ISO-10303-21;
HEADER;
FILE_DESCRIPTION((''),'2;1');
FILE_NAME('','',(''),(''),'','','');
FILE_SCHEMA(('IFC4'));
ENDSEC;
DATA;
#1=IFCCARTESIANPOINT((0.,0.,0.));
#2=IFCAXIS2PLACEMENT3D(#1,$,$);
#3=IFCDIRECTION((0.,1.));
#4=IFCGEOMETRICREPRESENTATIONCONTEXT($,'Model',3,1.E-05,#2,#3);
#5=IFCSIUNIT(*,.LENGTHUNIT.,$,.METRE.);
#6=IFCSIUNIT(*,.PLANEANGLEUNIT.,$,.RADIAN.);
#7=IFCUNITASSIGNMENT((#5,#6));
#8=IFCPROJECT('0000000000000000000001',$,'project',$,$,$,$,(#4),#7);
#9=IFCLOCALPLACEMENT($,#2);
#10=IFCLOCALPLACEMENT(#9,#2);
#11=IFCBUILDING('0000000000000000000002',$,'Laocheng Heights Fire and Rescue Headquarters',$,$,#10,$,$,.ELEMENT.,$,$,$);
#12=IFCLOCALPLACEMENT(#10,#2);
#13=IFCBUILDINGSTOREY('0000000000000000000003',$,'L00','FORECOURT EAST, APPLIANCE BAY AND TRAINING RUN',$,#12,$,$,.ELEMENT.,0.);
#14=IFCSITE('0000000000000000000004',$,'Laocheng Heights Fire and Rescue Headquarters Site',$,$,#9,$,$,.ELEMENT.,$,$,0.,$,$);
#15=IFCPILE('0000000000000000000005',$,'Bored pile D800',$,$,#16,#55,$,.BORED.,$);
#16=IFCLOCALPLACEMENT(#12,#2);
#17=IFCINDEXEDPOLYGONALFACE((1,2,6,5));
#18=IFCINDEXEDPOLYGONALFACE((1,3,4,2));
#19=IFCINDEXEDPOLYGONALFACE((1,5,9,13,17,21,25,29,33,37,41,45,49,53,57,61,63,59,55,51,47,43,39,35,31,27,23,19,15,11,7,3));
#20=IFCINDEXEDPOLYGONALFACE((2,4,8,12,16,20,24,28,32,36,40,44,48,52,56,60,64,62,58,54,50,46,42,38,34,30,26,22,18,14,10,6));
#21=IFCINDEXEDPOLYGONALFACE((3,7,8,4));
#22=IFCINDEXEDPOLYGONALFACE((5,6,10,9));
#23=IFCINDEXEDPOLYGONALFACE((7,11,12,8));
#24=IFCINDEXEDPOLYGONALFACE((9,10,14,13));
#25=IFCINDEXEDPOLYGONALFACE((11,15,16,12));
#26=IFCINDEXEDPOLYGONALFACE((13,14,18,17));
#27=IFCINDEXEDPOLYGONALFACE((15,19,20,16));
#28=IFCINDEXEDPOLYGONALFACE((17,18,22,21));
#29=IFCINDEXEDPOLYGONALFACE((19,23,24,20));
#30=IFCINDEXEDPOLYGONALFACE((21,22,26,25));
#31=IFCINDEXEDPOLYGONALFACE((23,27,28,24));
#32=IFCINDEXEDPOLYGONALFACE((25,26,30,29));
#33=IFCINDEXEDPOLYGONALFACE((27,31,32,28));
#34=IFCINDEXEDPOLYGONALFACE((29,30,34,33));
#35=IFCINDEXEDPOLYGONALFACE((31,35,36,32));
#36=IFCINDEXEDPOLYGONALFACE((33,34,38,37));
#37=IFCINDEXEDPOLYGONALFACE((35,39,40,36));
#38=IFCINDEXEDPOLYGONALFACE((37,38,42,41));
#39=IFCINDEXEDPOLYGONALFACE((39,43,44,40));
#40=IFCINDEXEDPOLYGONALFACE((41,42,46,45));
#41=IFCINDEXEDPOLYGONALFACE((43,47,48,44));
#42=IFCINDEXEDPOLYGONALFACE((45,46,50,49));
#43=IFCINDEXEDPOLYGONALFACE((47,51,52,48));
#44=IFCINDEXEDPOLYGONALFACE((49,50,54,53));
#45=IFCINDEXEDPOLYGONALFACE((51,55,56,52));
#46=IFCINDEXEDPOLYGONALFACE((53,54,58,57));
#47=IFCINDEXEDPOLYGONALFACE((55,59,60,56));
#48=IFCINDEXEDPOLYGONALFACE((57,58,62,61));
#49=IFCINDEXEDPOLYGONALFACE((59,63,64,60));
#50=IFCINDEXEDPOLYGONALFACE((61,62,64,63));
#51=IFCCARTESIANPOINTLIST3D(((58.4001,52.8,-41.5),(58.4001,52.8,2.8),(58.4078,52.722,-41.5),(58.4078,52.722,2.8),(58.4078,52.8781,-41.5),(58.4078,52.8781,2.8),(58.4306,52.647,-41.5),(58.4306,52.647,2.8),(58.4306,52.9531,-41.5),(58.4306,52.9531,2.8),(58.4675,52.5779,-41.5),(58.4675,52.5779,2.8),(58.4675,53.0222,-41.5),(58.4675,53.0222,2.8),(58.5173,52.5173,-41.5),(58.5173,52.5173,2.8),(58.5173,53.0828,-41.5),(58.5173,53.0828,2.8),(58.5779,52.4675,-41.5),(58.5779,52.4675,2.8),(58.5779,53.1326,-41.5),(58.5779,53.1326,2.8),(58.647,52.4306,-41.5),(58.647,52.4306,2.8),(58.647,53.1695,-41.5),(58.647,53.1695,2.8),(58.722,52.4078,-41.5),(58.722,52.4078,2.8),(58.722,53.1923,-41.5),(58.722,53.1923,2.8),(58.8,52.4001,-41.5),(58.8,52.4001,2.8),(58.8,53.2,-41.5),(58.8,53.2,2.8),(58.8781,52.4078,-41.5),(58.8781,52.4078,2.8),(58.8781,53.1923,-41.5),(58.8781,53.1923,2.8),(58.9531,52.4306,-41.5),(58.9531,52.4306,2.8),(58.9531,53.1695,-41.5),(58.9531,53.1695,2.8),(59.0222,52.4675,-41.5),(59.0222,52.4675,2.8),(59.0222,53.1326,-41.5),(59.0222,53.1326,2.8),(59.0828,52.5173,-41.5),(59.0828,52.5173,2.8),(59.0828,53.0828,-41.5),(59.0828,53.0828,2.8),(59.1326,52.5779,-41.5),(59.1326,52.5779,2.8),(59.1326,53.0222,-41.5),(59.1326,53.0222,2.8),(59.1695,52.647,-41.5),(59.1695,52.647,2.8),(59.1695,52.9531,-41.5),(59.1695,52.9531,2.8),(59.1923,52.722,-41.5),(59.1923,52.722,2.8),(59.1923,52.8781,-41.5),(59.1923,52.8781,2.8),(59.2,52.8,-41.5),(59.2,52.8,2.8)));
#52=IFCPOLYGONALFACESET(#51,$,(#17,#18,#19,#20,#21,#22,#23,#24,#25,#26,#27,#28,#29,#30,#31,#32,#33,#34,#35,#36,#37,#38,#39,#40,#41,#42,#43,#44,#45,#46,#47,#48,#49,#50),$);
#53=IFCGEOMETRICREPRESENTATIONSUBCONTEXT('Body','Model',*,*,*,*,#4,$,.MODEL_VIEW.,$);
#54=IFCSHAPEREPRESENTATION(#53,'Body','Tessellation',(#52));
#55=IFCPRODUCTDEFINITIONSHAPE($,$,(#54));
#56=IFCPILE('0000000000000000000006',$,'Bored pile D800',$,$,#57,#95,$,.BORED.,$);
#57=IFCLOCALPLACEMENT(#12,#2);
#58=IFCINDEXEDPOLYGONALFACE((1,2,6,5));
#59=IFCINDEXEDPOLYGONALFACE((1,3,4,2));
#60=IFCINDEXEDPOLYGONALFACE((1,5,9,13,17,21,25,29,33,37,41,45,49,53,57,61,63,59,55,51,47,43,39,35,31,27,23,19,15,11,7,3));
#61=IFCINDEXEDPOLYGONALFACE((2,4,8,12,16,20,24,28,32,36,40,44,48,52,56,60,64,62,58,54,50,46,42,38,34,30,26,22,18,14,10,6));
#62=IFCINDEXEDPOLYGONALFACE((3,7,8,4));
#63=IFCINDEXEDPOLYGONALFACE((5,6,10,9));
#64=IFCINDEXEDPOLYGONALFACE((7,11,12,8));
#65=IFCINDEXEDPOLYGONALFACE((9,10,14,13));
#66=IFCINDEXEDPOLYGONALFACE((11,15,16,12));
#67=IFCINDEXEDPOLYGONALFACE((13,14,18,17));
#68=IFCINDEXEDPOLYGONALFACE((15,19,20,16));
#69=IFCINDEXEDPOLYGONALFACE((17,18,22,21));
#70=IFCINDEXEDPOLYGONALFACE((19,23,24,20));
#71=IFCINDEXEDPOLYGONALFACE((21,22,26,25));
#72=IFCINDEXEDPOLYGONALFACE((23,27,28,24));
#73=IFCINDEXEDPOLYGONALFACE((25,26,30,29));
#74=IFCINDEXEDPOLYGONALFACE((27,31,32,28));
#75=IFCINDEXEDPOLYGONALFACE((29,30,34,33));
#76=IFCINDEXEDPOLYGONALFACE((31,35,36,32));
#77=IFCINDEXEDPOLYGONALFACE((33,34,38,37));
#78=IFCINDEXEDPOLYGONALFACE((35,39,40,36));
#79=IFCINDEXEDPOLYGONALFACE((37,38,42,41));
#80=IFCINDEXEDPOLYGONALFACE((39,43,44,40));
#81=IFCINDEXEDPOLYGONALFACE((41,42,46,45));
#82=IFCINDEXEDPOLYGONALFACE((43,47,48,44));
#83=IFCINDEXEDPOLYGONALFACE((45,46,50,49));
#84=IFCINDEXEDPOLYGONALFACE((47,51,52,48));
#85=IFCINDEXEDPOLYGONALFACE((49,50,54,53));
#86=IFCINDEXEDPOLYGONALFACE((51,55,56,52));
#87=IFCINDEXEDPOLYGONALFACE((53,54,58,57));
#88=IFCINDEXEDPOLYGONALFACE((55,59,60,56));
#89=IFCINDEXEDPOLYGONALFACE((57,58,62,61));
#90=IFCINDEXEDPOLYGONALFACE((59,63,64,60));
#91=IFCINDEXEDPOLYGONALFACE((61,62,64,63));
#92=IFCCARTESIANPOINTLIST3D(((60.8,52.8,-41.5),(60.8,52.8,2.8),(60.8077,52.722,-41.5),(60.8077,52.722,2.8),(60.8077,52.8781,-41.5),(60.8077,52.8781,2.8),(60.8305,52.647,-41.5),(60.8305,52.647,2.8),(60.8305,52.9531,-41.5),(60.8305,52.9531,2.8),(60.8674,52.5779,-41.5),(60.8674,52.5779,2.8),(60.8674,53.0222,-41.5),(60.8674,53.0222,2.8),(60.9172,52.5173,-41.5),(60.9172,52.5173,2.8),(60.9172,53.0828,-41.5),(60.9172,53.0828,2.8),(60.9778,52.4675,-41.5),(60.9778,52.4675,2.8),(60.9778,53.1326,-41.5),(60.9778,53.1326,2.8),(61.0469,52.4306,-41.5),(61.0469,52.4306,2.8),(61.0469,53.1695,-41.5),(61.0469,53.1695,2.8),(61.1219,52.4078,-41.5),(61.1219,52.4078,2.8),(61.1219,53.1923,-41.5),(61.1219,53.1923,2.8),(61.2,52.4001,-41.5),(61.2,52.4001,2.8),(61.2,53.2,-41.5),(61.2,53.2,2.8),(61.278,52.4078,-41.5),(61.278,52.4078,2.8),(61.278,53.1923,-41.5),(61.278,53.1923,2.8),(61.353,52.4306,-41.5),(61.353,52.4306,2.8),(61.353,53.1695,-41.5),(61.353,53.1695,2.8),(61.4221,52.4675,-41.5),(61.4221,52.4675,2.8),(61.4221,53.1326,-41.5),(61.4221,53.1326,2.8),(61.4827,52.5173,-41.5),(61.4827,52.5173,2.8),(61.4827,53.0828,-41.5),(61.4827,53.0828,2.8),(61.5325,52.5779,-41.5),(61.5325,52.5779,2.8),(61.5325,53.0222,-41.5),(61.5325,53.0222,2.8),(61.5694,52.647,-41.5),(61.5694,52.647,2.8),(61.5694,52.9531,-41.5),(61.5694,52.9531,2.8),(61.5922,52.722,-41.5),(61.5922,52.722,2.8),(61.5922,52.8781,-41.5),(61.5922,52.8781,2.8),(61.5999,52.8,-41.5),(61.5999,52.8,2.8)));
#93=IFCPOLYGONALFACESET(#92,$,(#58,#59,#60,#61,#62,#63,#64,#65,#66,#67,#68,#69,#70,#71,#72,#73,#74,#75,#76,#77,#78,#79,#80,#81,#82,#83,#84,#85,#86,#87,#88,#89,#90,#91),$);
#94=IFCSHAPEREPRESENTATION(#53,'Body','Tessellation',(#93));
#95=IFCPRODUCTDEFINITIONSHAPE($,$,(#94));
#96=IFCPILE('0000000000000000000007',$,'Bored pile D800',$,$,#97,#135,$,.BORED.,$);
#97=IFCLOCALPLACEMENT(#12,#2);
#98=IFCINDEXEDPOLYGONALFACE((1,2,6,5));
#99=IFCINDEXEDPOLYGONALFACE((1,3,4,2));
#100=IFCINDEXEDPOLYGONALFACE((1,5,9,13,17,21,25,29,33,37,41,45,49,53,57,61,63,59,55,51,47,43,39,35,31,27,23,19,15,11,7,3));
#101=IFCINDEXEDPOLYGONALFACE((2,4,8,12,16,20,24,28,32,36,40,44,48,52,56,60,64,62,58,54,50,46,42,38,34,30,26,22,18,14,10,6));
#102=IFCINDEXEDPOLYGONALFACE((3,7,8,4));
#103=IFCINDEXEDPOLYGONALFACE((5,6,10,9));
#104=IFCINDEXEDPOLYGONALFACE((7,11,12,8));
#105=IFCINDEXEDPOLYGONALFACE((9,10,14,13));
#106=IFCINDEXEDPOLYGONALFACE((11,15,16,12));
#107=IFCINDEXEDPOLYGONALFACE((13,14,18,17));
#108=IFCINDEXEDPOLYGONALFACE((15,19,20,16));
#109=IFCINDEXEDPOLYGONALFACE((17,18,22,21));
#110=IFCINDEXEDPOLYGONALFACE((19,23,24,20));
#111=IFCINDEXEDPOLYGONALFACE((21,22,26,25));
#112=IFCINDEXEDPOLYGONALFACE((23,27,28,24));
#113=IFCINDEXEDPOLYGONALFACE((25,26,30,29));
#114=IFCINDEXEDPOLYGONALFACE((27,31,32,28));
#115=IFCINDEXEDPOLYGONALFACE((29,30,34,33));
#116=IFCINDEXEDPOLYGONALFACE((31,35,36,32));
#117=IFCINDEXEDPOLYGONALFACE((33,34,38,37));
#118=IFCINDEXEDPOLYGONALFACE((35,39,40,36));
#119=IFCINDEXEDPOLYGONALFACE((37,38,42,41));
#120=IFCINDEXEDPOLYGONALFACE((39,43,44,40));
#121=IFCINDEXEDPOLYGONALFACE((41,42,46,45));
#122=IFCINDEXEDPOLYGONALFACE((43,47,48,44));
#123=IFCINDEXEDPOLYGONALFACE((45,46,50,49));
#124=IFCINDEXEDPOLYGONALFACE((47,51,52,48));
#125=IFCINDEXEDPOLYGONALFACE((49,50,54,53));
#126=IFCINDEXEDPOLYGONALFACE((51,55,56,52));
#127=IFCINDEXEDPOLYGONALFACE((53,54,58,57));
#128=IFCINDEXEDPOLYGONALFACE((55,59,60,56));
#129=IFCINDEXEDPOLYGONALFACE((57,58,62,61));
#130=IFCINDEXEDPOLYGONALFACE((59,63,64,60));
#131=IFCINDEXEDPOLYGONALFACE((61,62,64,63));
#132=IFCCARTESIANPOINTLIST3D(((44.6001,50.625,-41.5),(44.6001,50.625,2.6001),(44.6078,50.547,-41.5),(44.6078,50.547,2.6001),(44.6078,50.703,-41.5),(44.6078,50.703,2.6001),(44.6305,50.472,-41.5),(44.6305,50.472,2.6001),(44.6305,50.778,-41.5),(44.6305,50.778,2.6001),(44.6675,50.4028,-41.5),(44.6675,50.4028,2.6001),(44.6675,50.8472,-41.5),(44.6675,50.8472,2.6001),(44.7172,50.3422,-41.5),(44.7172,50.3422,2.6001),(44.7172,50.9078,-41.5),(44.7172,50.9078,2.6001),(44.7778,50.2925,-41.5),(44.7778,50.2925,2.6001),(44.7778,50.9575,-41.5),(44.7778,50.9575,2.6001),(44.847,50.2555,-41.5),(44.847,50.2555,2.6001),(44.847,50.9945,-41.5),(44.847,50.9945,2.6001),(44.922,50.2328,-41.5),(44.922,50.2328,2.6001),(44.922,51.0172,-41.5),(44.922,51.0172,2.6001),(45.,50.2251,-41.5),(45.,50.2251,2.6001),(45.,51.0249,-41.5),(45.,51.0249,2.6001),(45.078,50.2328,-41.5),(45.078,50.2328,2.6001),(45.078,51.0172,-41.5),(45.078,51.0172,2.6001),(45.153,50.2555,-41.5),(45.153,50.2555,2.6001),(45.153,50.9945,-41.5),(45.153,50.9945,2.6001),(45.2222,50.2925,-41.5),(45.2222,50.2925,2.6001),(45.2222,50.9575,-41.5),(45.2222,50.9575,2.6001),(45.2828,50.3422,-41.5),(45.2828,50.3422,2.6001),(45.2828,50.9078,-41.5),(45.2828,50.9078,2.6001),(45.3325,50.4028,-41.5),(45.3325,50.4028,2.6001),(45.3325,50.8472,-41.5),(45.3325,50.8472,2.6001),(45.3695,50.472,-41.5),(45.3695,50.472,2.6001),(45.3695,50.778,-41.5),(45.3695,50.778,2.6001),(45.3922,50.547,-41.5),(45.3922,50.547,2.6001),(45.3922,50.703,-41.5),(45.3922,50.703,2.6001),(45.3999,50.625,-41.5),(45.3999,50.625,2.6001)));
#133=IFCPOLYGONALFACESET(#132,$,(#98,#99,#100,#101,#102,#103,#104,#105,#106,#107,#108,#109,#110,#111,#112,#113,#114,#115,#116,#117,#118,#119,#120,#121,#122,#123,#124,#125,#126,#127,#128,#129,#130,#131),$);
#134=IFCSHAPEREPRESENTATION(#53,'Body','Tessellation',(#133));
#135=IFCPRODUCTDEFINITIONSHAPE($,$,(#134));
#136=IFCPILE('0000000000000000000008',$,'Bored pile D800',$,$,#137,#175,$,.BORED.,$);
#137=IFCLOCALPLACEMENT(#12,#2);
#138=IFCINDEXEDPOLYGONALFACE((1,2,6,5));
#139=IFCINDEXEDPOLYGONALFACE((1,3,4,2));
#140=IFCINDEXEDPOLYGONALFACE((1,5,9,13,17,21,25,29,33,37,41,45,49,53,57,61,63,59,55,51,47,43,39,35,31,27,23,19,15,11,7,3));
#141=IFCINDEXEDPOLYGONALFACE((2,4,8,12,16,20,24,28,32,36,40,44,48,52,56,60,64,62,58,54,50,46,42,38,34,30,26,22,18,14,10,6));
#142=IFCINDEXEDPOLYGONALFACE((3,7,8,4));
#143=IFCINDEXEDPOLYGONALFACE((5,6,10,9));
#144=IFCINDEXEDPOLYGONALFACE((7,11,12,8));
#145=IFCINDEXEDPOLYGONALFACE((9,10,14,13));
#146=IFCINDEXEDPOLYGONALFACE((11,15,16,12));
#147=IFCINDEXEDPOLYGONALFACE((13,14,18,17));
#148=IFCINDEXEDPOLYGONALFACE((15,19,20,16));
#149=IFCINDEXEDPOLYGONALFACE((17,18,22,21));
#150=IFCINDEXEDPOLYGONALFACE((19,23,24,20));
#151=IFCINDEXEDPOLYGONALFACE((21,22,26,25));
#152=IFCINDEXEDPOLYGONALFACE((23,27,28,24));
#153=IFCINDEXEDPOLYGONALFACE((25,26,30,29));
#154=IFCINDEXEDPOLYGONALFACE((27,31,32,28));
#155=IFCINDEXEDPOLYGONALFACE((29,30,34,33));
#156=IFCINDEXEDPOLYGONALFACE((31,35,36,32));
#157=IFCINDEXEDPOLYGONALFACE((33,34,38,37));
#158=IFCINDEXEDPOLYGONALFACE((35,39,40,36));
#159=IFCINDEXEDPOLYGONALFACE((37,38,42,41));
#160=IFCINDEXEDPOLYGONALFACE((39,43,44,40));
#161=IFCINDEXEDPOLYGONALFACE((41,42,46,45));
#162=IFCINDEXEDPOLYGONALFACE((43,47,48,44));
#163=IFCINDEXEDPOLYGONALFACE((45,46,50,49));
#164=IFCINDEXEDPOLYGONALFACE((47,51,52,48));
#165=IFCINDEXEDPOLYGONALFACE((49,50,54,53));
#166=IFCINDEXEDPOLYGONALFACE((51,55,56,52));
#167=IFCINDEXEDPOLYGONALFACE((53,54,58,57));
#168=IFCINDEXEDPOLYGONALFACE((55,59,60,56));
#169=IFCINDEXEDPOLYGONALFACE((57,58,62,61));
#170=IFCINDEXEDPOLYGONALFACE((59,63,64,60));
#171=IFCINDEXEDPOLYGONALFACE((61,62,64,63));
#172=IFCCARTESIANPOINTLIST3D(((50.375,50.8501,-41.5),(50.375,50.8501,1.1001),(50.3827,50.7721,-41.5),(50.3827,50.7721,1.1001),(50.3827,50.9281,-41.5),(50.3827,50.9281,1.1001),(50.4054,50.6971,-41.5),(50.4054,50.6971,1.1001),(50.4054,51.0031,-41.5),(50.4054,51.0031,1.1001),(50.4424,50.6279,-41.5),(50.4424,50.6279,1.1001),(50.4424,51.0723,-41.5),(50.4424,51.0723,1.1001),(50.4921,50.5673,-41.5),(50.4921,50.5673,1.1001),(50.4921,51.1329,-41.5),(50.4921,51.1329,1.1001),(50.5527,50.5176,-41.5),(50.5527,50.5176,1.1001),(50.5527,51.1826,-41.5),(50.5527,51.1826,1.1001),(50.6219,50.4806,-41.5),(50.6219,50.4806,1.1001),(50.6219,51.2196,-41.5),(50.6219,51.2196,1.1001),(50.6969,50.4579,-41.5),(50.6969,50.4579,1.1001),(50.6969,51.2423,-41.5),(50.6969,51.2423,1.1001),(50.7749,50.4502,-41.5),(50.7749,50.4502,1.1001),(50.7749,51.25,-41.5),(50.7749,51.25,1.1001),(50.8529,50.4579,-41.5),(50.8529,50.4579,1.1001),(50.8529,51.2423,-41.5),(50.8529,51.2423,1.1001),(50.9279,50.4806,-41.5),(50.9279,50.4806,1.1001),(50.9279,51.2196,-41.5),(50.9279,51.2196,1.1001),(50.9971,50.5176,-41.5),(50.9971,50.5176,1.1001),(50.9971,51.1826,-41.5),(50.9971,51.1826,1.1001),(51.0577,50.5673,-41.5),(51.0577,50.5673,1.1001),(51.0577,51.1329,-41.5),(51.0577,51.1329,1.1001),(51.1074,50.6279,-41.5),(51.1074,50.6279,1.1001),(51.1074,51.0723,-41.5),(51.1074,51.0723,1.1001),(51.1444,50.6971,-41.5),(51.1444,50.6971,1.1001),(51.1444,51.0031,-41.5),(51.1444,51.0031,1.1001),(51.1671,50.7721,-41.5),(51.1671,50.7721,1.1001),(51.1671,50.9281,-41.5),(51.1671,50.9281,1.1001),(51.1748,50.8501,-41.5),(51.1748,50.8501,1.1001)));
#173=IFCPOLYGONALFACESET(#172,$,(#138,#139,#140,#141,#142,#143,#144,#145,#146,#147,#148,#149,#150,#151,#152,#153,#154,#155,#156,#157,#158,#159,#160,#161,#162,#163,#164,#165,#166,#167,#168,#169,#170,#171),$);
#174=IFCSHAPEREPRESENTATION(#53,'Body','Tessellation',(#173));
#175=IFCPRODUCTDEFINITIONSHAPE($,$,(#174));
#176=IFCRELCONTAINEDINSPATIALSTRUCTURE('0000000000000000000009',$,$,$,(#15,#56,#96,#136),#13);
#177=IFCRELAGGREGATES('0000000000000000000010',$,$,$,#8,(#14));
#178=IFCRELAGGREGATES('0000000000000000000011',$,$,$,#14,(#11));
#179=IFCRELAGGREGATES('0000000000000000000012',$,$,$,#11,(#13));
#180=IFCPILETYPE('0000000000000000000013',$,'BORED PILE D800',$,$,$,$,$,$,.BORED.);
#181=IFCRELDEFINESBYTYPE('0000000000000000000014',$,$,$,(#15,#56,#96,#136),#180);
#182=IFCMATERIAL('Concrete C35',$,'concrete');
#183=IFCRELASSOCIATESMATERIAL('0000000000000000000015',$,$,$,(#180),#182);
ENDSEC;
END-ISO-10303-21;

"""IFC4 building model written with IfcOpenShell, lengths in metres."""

from ifc_helpers import new_model, si_unit, direction, frame, origin, origin_2d, place, context, subcontext, project, spatial, circle, extrude, material, material_profile, profile_set, type_object, element, save


model = new_model("IFC4")

# Units and contexts
model_context = context("Model", 3, precision=1e-05, world=origin(), true_north=direction((0.0, 1.0)))
body_context = subcontext(model_context, "Body", "Model", "MODEL_VIEW")
ifc_project = project(units=[si_unit("LENGTHUNIT", "METRE"), si_unit("PLANEANGLEUNIT", "RADIAN")], contexts=[model_context])

# Site, building, storey
site_placement = place(None, origin())
site = spatial("IfcSite", under=ifc_project, at=site_placement, Name="Laocheng Heights Fire and Rescue Headquarters Site", CompositionType="ELEMENT", RefElevation=0.0)
building_placement = place(site_placement, origin())
building = spatial("IfcBuilding", under=site, at=building_placement, Name="Laocheng Heights Fire and Rescue Headquarters", CompositionType="ELEMENT")
storey_placement = place(building_placement, origin())
storey = spatial("IfcBuildingStorey", under=building, at=storey_placement, Name="L00", Description="FORECOURT EAST, APPLIANCE BAY AND TRAINING RUN", CompositionType="ELEMENT", Elevation=0.0)

# Piles
ifc_material_1 = material(Name="Concrete C35", Category="concrete")
ifc_material_profile_1 = material_profile(ifc_material_1, circle(Radius=0.3999, at=origin_2d()), Name="BORED PILE D800")
ifc_profile_set_1 = profile_set([ifc_material_profile_1], Name="Concrete C35")
pile_type = type_object("IfcPileType", Name="BORED PILE D800", PredefinedType="BORED", material=ifc_profile_set_1)
for number, where, z_axis, x_axis, name in (
    (1, (58.8, 52.8, 2.8), (0.0, 0.0, -1.0), (1.0, 0.0, 0.0), "Bored pile D800"),
    (2, (61.2, 52.8, 2.8), (0.0, 0.0, -1.0), (1.0, 0.0, 0.0), "Bored pile D800"),
):
    element("IfcPile", number, at=place(storey_placement, frame(where, z_axis=z_axis, x_axis=x_axis)), inside=storey, type_object=pile_type, Name=name, PredefinedType="BORED", context=body_context, shape_type="SweptSolid", body=[
        extrude(circle(Radius=0.3999, at=origin_2d()), origin(), (0.0, 0.0, 1.0), 44.3),
    ])
pile_placement = place(storey_placement, frame((45.0, 50.625, 2.6001), z_axis=(0.0, 0.0, -1.0), x_axis=(1.0, 0.0, 0.0)))
element("IfcPile", 3, at=pile_placement, inside=storey, type_object=pile_type, Name="Bored pile D800", PredefinedType="BORED", context=body_context, shape_type="SweptSolid", body=[
    extrude(circle(Radius=0.3999, at=origin_2d()), origin(), (0.0, 0.0, 1.0), 44.1001),
])
for number, where, z_axis, x_axis, name in (
    (4, (50.7749, 50.8501, 1.1001), (0.0, 0.0, -1.0), (1.0, 0.0, 0.0), "Bored pile D800"),
):
    element("IfcPile", number, at=place(storey_placement, frame(where, z_axis=z_axis, x_axis=x_axis)), inside=storey, type_object=pile_type, Name=name, PredefinedType="BORED", context=body_context, shape_type="SweptSolid", body=[
        extrude(circle(Radius=0.3999, at=origin_2d()), origin(), (0.0, 0.0, 1.0), 42.6001),
    ])

save(model, "model.ifc")
